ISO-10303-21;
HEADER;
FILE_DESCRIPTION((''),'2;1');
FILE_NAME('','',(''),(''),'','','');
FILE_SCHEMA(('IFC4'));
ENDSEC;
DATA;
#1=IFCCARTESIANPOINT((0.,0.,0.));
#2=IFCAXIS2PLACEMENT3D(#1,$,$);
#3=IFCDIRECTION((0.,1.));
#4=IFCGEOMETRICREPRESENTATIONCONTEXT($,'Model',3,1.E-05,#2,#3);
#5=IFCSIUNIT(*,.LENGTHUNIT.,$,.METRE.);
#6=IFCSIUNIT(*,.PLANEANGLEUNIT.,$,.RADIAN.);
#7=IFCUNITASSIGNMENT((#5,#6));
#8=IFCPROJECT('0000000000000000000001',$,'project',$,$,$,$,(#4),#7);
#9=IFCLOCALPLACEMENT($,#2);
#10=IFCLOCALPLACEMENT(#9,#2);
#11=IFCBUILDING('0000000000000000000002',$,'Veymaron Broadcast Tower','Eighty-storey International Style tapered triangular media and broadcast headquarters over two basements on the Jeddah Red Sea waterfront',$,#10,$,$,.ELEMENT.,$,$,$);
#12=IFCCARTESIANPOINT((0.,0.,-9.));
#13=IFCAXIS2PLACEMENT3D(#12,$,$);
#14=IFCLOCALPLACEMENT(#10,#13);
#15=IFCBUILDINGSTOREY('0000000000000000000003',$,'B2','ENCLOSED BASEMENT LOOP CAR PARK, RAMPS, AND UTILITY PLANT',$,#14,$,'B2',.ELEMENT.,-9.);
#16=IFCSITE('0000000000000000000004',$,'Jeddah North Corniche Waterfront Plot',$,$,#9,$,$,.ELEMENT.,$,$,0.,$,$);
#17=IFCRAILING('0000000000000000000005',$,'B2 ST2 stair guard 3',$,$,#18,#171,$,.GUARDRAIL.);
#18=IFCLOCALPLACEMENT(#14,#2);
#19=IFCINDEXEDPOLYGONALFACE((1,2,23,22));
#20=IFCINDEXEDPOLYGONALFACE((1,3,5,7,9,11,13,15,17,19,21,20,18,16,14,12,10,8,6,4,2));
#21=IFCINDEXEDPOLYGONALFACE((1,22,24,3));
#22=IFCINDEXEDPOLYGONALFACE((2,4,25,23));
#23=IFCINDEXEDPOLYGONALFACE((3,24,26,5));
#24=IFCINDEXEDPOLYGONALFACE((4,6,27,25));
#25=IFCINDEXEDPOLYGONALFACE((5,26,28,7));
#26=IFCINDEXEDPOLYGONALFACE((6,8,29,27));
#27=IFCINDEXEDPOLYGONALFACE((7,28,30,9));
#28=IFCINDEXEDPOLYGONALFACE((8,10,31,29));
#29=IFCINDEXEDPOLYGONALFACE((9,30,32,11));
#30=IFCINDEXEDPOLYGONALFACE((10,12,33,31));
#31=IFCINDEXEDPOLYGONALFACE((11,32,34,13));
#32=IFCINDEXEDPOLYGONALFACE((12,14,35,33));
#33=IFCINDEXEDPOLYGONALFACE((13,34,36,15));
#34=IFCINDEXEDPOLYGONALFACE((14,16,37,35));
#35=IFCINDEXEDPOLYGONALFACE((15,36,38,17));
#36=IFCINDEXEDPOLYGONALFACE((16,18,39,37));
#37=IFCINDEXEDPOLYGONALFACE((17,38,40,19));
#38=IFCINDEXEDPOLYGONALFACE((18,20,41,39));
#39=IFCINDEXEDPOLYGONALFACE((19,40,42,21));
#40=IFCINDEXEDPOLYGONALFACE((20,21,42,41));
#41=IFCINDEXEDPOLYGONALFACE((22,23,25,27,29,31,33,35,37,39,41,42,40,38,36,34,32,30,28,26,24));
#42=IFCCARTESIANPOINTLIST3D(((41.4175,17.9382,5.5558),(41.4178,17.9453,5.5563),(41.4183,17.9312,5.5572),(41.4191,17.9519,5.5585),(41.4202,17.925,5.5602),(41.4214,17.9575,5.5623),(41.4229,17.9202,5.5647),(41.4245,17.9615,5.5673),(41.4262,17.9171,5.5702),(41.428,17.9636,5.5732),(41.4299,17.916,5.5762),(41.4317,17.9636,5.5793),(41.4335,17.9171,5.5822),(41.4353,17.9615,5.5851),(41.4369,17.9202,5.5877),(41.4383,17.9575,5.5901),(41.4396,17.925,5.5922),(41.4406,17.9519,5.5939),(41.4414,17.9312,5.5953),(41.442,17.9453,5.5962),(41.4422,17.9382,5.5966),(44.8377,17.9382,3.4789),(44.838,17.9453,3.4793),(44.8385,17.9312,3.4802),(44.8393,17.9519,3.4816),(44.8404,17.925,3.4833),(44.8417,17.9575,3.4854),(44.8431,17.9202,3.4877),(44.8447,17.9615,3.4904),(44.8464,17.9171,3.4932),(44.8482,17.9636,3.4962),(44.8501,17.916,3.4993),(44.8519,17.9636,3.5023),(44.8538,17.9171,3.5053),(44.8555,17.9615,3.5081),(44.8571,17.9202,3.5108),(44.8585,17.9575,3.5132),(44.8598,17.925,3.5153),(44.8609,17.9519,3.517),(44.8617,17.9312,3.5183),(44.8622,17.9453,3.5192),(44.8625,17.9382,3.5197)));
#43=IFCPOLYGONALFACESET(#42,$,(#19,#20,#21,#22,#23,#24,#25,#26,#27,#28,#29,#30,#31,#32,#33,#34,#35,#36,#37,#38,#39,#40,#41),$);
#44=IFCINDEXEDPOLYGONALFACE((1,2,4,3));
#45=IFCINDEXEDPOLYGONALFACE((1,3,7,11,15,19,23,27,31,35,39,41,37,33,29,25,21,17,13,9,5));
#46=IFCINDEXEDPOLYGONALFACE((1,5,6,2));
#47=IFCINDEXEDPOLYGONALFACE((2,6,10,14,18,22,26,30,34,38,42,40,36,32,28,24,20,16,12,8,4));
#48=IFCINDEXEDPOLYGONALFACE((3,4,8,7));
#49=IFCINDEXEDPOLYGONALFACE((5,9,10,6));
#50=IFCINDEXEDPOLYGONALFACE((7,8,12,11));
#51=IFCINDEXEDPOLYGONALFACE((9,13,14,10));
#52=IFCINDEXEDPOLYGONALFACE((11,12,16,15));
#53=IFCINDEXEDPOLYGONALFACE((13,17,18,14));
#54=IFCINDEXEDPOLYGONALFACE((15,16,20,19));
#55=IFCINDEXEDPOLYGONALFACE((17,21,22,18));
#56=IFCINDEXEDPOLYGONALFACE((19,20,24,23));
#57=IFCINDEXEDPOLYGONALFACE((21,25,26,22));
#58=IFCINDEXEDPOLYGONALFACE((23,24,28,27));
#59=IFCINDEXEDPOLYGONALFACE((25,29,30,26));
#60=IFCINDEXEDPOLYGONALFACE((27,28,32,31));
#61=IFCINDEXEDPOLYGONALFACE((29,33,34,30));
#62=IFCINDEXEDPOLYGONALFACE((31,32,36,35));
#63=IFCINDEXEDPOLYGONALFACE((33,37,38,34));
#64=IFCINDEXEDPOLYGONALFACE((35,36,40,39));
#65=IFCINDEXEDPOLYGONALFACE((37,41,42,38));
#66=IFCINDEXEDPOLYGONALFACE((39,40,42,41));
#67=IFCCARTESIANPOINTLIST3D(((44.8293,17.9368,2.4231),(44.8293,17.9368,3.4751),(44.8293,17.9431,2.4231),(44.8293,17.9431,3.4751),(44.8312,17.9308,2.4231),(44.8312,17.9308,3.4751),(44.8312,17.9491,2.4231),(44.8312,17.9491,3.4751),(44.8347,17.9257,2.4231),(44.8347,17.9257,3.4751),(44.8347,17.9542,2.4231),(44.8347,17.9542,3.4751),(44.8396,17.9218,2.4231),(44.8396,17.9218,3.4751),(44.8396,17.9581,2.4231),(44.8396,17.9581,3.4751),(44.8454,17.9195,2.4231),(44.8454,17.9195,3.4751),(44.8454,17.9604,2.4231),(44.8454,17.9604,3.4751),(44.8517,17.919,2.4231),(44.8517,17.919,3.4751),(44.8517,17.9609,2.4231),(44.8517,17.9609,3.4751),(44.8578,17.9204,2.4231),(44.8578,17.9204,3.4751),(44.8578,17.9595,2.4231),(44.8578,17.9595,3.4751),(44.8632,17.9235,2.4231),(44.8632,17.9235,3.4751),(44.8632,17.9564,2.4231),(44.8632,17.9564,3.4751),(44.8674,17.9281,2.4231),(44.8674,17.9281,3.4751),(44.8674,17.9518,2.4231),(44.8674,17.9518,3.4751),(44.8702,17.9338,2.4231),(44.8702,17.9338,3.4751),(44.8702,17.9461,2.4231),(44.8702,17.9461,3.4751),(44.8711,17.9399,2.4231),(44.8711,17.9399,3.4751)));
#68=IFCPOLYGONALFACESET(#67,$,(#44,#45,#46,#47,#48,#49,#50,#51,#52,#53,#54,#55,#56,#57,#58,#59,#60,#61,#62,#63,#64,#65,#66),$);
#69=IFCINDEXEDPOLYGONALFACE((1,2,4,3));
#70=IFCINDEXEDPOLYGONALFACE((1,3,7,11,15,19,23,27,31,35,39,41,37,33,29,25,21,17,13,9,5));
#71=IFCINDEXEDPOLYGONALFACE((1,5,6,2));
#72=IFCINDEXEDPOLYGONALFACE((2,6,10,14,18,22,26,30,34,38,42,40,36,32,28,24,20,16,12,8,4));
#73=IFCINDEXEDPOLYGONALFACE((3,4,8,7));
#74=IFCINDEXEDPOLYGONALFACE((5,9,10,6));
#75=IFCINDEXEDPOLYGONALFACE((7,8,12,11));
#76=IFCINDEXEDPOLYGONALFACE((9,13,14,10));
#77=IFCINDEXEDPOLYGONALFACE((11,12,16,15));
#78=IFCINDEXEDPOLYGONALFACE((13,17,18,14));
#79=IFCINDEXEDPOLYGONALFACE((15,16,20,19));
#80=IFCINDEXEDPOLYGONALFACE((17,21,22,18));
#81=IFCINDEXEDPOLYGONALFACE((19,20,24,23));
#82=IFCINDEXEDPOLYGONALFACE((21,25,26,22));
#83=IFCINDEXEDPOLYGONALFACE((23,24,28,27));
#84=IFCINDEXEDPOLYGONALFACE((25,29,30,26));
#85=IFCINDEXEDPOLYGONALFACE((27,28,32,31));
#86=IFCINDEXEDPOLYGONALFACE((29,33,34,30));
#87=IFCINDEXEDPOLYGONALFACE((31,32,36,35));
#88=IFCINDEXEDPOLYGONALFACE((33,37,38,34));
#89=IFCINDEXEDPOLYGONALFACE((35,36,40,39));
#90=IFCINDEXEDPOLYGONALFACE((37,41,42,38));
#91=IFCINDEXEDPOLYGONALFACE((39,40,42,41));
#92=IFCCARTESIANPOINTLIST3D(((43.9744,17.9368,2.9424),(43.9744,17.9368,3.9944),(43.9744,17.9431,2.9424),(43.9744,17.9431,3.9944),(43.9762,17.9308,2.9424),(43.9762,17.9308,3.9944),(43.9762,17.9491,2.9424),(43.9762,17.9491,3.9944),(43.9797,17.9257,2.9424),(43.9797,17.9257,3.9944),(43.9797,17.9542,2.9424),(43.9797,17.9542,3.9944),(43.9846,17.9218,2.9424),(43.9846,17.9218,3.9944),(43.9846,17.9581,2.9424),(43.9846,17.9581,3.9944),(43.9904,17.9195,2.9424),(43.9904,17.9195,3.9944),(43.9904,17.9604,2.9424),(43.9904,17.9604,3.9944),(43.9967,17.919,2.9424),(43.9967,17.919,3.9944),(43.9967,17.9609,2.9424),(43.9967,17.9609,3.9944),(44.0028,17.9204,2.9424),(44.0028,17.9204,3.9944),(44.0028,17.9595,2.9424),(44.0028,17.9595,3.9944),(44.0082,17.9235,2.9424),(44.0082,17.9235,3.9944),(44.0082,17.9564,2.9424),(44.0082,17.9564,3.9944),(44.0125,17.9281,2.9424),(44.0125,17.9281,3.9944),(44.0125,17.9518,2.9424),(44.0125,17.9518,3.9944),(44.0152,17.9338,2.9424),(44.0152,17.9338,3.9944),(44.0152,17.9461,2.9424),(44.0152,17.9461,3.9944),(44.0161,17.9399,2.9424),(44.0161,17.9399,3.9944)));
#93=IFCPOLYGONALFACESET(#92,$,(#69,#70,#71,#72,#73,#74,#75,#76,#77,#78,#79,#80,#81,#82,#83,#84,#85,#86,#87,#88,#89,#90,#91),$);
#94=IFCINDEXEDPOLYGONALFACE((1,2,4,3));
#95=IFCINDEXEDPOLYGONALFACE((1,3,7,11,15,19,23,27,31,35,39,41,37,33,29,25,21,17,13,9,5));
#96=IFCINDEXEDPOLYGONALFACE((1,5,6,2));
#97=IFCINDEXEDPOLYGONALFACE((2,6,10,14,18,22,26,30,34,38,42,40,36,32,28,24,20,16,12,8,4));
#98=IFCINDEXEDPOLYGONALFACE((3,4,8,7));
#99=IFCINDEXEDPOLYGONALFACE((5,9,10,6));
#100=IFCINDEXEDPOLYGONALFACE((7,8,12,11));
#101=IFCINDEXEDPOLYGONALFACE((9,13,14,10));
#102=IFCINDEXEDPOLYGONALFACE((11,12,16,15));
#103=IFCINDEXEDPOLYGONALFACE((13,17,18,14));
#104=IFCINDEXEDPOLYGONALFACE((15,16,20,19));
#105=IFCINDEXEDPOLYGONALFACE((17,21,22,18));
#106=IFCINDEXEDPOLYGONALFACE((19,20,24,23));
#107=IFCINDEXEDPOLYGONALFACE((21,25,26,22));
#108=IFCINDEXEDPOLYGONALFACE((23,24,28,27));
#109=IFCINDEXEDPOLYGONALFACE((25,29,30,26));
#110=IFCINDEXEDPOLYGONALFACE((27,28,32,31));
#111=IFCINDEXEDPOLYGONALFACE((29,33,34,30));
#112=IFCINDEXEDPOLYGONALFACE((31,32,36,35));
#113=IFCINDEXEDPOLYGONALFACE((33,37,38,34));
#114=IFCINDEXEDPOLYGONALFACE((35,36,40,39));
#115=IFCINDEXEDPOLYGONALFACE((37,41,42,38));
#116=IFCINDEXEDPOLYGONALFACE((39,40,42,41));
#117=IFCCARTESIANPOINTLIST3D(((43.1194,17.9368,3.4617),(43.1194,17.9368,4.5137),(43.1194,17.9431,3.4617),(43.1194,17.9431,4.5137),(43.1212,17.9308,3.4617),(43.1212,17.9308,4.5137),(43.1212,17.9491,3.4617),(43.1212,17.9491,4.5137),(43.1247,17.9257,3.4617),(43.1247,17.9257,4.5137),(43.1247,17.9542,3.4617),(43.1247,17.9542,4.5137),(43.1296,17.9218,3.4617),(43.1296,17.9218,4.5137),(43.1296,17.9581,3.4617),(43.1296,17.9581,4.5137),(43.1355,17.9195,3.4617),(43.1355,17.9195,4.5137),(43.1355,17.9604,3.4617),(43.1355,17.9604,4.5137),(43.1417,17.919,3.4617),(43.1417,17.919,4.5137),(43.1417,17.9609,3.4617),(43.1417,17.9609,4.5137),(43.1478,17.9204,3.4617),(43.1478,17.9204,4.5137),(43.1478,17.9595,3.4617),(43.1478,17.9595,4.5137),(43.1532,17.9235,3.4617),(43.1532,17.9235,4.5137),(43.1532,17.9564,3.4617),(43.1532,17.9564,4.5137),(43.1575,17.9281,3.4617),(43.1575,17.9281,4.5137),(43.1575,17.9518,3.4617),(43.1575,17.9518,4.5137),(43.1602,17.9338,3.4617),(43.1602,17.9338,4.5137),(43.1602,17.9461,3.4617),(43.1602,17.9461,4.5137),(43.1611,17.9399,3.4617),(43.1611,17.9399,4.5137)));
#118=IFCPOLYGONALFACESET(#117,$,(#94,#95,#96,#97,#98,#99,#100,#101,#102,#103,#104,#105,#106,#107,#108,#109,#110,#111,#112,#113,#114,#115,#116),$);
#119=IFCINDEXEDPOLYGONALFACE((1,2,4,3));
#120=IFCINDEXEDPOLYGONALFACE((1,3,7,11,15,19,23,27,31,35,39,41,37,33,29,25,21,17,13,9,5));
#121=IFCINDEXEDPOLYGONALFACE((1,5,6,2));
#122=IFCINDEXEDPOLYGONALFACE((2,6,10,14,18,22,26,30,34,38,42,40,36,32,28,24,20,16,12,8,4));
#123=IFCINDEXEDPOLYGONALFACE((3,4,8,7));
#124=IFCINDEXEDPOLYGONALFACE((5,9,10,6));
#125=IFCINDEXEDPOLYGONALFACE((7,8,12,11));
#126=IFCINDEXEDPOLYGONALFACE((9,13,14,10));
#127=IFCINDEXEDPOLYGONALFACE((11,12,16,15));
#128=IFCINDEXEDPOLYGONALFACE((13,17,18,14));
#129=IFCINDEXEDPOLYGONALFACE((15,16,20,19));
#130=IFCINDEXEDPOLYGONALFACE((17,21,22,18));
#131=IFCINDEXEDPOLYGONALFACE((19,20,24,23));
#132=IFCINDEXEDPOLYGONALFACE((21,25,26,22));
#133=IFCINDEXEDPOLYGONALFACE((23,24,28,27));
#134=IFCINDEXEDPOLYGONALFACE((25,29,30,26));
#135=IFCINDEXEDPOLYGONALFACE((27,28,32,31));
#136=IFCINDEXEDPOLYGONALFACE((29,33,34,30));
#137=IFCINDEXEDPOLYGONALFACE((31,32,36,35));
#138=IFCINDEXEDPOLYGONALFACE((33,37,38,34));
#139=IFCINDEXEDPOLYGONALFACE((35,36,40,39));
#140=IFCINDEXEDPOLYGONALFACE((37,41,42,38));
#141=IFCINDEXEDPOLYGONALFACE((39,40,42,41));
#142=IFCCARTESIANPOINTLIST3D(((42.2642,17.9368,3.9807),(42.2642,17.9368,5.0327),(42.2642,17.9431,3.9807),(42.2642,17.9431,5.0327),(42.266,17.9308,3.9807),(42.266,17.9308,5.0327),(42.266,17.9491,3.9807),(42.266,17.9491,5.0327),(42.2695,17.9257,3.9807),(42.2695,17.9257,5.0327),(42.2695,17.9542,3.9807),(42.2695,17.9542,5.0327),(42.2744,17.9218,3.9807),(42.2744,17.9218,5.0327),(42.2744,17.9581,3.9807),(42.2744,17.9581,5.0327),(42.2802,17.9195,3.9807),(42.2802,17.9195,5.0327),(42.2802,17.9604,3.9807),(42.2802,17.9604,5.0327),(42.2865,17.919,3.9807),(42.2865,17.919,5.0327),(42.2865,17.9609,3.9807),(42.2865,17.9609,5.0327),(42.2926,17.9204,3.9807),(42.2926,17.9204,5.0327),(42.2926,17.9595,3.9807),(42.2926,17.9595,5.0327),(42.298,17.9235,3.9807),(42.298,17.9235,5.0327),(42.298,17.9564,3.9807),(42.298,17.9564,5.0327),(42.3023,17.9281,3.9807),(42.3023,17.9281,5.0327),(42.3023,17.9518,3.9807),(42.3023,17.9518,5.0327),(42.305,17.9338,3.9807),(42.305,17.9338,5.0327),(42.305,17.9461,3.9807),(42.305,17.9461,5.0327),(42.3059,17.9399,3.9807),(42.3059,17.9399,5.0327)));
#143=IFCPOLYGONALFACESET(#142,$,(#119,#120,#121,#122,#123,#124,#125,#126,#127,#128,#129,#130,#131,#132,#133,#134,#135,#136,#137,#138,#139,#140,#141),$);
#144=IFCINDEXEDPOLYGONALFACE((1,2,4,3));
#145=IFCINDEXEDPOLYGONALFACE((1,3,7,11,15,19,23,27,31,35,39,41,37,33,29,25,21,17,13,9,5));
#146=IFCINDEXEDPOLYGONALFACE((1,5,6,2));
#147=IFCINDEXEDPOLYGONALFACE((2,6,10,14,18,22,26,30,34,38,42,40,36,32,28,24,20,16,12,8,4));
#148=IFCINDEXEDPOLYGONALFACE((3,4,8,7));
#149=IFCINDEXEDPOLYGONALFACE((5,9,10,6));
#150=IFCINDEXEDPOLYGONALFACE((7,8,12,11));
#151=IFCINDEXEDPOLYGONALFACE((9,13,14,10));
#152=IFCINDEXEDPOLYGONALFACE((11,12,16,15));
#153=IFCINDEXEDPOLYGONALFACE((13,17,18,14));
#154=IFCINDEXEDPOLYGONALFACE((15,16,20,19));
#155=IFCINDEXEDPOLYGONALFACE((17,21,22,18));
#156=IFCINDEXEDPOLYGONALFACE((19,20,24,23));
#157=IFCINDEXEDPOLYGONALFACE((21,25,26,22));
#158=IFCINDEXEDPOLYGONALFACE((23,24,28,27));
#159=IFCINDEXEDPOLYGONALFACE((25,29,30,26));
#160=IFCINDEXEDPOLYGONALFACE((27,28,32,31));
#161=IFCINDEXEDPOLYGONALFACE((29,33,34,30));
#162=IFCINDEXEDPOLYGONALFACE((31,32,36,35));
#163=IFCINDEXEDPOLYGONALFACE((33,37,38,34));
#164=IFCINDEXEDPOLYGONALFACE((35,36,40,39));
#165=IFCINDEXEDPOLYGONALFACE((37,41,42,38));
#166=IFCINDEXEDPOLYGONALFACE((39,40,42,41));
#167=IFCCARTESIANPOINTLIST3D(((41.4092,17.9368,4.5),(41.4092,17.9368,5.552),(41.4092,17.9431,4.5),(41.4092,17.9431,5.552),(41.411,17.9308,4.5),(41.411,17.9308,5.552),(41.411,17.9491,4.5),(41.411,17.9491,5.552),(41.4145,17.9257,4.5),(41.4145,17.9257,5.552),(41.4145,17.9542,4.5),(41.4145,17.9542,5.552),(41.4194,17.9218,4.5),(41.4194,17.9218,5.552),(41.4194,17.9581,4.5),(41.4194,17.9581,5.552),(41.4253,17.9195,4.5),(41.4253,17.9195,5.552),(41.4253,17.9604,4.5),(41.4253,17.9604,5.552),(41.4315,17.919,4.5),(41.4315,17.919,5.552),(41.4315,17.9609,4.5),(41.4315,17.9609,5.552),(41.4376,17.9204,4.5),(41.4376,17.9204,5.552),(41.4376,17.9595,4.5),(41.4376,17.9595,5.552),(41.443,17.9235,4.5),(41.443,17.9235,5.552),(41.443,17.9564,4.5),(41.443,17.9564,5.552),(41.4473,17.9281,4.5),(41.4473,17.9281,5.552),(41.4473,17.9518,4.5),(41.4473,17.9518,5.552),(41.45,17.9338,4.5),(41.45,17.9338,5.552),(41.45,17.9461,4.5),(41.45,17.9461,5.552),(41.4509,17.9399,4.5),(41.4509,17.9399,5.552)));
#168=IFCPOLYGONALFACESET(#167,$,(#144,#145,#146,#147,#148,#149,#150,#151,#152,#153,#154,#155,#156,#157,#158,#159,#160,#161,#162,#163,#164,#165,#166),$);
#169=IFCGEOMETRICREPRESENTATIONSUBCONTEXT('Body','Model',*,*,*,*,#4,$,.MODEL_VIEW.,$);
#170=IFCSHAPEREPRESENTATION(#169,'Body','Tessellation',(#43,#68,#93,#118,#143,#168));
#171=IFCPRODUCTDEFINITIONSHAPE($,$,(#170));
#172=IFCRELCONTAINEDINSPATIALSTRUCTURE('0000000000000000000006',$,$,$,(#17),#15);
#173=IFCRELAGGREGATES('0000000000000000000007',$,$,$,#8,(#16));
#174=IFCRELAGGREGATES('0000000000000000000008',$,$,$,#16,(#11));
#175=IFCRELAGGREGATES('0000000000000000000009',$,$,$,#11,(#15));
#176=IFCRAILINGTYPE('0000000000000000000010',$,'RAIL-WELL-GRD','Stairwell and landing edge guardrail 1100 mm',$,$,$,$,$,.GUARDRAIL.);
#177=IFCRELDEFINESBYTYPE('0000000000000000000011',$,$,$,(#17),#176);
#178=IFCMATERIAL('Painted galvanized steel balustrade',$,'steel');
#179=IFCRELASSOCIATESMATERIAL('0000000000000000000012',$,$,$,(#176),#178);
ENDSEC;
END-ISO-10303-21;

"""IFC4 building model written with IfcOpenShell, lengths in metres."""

from ifc_helpers import new_model, si_unit, direction, frame, origin, origin_2d, place, context, subcontext, project, spatial, circle, extrude, material, type_object, element, save


model = new_model("IFC4")

# Units and contexts
model_context = context("Model", 3, precision=1e-05, world=origin(), true_north=direction((0.0, 1.0)))
body_context = subcontext(model_context, "Body", "Model", "MODEL_VIEW")
ifc_project = project(units=[si_unit("LENGTHUNIT", "METRE"), si_unit("PLANEANGLEUNIT", "RADIAN")], contexts=[model_context])

# Site, building, storey
site_placement = place(None, origin())
site = spatial("IfcSite", under=ifc_project, at=site_placement, Name="Jeddah North Corniche Waterfront Plot", CompositionType="ELEMENT", RefElevation=0.0)
building_placement = place(site_placement, origin())
building = spatial("IfcBuilding", under=site, at=building_placement, Name="Veymaron Broadcast Tower", Description="Eighty-storey International Style tapered triangular media and broadcast headquarters over two basements on the Jeddah Red Sea waterfront", CompositionType="ELEMENT")
storey_placement = place(building_placement, frame((0.0, 0.0, -9.0)))
storey = spatial("IfcBuildingStorey", under=building, at=storey_placement, Name="B2", Description="ENCLOSED BASEMENT LOOP CAR PARK, RAMPS, AND UTILITY PLANT", LongName="B2", CompositionType="ELEMENT", Elevation=-9.0)

# Railing
ifc_material_1 = material(Name="Painted galvanized steel balustrade", Category="steel")
railing_type_1 = type_object("IfcRailingType", Name="RAIL-WELL-GRD", Description="Stairwell and landing edge guardrail 1100 mm", PredefinedType="GUARDRAIL", material=ifc_material_1)
railing_1_placement = place(storey_placement, frame((44.8501, 17.9399, 2.4231)))
element("IfcRailing", 1, at=railing_1_placement, inside=storey, type_object=railing_type_1, Name="B2 ST2 stair guard 3", PredefinedType="GUARDRAIL", context=body_context, shape_type="SweptSolid", body=[
    extrude(circle(Radius=0.0239, at=origin_2d()), frame((0.0, 0.0, 1.0762), z_axis=(-0.854746, 0.0, 0.519047), x_axis=(0.0, -1.0, 0.0)), (0.0, 0.0, 1.0), 4.0015),
    extrude(circle(Radius=0.021, at=origin_2d()), origin(), (0.0, 0.0, 1.0), 1.052),
    extrude(circle(Radius=0.021, at=origin_2d()), frame((-0.855, 0.0, 0.5193)), (0.0, 0.0, 1.0), 1.052),
    extrude(circle(Radius=0.021, at=origin_2d()), frame((-1.71, 0.0, 1.0386)), (0.0, 0.0, 1.0), 1.052),
    extrude(circle(Radius=0.021, at=origin_2d()), frame((-2.5652, 0.0, 1.5576)), (0.0, 0.0, 1.0), 1.052),
    extrude(circle(Radius=0.021, at=origin_2d()), frame((-3.4202, 0.0, 2.0769)), (0.0, 0.0, 1.0), 1.052),
])

save(model, "model.ifc")
